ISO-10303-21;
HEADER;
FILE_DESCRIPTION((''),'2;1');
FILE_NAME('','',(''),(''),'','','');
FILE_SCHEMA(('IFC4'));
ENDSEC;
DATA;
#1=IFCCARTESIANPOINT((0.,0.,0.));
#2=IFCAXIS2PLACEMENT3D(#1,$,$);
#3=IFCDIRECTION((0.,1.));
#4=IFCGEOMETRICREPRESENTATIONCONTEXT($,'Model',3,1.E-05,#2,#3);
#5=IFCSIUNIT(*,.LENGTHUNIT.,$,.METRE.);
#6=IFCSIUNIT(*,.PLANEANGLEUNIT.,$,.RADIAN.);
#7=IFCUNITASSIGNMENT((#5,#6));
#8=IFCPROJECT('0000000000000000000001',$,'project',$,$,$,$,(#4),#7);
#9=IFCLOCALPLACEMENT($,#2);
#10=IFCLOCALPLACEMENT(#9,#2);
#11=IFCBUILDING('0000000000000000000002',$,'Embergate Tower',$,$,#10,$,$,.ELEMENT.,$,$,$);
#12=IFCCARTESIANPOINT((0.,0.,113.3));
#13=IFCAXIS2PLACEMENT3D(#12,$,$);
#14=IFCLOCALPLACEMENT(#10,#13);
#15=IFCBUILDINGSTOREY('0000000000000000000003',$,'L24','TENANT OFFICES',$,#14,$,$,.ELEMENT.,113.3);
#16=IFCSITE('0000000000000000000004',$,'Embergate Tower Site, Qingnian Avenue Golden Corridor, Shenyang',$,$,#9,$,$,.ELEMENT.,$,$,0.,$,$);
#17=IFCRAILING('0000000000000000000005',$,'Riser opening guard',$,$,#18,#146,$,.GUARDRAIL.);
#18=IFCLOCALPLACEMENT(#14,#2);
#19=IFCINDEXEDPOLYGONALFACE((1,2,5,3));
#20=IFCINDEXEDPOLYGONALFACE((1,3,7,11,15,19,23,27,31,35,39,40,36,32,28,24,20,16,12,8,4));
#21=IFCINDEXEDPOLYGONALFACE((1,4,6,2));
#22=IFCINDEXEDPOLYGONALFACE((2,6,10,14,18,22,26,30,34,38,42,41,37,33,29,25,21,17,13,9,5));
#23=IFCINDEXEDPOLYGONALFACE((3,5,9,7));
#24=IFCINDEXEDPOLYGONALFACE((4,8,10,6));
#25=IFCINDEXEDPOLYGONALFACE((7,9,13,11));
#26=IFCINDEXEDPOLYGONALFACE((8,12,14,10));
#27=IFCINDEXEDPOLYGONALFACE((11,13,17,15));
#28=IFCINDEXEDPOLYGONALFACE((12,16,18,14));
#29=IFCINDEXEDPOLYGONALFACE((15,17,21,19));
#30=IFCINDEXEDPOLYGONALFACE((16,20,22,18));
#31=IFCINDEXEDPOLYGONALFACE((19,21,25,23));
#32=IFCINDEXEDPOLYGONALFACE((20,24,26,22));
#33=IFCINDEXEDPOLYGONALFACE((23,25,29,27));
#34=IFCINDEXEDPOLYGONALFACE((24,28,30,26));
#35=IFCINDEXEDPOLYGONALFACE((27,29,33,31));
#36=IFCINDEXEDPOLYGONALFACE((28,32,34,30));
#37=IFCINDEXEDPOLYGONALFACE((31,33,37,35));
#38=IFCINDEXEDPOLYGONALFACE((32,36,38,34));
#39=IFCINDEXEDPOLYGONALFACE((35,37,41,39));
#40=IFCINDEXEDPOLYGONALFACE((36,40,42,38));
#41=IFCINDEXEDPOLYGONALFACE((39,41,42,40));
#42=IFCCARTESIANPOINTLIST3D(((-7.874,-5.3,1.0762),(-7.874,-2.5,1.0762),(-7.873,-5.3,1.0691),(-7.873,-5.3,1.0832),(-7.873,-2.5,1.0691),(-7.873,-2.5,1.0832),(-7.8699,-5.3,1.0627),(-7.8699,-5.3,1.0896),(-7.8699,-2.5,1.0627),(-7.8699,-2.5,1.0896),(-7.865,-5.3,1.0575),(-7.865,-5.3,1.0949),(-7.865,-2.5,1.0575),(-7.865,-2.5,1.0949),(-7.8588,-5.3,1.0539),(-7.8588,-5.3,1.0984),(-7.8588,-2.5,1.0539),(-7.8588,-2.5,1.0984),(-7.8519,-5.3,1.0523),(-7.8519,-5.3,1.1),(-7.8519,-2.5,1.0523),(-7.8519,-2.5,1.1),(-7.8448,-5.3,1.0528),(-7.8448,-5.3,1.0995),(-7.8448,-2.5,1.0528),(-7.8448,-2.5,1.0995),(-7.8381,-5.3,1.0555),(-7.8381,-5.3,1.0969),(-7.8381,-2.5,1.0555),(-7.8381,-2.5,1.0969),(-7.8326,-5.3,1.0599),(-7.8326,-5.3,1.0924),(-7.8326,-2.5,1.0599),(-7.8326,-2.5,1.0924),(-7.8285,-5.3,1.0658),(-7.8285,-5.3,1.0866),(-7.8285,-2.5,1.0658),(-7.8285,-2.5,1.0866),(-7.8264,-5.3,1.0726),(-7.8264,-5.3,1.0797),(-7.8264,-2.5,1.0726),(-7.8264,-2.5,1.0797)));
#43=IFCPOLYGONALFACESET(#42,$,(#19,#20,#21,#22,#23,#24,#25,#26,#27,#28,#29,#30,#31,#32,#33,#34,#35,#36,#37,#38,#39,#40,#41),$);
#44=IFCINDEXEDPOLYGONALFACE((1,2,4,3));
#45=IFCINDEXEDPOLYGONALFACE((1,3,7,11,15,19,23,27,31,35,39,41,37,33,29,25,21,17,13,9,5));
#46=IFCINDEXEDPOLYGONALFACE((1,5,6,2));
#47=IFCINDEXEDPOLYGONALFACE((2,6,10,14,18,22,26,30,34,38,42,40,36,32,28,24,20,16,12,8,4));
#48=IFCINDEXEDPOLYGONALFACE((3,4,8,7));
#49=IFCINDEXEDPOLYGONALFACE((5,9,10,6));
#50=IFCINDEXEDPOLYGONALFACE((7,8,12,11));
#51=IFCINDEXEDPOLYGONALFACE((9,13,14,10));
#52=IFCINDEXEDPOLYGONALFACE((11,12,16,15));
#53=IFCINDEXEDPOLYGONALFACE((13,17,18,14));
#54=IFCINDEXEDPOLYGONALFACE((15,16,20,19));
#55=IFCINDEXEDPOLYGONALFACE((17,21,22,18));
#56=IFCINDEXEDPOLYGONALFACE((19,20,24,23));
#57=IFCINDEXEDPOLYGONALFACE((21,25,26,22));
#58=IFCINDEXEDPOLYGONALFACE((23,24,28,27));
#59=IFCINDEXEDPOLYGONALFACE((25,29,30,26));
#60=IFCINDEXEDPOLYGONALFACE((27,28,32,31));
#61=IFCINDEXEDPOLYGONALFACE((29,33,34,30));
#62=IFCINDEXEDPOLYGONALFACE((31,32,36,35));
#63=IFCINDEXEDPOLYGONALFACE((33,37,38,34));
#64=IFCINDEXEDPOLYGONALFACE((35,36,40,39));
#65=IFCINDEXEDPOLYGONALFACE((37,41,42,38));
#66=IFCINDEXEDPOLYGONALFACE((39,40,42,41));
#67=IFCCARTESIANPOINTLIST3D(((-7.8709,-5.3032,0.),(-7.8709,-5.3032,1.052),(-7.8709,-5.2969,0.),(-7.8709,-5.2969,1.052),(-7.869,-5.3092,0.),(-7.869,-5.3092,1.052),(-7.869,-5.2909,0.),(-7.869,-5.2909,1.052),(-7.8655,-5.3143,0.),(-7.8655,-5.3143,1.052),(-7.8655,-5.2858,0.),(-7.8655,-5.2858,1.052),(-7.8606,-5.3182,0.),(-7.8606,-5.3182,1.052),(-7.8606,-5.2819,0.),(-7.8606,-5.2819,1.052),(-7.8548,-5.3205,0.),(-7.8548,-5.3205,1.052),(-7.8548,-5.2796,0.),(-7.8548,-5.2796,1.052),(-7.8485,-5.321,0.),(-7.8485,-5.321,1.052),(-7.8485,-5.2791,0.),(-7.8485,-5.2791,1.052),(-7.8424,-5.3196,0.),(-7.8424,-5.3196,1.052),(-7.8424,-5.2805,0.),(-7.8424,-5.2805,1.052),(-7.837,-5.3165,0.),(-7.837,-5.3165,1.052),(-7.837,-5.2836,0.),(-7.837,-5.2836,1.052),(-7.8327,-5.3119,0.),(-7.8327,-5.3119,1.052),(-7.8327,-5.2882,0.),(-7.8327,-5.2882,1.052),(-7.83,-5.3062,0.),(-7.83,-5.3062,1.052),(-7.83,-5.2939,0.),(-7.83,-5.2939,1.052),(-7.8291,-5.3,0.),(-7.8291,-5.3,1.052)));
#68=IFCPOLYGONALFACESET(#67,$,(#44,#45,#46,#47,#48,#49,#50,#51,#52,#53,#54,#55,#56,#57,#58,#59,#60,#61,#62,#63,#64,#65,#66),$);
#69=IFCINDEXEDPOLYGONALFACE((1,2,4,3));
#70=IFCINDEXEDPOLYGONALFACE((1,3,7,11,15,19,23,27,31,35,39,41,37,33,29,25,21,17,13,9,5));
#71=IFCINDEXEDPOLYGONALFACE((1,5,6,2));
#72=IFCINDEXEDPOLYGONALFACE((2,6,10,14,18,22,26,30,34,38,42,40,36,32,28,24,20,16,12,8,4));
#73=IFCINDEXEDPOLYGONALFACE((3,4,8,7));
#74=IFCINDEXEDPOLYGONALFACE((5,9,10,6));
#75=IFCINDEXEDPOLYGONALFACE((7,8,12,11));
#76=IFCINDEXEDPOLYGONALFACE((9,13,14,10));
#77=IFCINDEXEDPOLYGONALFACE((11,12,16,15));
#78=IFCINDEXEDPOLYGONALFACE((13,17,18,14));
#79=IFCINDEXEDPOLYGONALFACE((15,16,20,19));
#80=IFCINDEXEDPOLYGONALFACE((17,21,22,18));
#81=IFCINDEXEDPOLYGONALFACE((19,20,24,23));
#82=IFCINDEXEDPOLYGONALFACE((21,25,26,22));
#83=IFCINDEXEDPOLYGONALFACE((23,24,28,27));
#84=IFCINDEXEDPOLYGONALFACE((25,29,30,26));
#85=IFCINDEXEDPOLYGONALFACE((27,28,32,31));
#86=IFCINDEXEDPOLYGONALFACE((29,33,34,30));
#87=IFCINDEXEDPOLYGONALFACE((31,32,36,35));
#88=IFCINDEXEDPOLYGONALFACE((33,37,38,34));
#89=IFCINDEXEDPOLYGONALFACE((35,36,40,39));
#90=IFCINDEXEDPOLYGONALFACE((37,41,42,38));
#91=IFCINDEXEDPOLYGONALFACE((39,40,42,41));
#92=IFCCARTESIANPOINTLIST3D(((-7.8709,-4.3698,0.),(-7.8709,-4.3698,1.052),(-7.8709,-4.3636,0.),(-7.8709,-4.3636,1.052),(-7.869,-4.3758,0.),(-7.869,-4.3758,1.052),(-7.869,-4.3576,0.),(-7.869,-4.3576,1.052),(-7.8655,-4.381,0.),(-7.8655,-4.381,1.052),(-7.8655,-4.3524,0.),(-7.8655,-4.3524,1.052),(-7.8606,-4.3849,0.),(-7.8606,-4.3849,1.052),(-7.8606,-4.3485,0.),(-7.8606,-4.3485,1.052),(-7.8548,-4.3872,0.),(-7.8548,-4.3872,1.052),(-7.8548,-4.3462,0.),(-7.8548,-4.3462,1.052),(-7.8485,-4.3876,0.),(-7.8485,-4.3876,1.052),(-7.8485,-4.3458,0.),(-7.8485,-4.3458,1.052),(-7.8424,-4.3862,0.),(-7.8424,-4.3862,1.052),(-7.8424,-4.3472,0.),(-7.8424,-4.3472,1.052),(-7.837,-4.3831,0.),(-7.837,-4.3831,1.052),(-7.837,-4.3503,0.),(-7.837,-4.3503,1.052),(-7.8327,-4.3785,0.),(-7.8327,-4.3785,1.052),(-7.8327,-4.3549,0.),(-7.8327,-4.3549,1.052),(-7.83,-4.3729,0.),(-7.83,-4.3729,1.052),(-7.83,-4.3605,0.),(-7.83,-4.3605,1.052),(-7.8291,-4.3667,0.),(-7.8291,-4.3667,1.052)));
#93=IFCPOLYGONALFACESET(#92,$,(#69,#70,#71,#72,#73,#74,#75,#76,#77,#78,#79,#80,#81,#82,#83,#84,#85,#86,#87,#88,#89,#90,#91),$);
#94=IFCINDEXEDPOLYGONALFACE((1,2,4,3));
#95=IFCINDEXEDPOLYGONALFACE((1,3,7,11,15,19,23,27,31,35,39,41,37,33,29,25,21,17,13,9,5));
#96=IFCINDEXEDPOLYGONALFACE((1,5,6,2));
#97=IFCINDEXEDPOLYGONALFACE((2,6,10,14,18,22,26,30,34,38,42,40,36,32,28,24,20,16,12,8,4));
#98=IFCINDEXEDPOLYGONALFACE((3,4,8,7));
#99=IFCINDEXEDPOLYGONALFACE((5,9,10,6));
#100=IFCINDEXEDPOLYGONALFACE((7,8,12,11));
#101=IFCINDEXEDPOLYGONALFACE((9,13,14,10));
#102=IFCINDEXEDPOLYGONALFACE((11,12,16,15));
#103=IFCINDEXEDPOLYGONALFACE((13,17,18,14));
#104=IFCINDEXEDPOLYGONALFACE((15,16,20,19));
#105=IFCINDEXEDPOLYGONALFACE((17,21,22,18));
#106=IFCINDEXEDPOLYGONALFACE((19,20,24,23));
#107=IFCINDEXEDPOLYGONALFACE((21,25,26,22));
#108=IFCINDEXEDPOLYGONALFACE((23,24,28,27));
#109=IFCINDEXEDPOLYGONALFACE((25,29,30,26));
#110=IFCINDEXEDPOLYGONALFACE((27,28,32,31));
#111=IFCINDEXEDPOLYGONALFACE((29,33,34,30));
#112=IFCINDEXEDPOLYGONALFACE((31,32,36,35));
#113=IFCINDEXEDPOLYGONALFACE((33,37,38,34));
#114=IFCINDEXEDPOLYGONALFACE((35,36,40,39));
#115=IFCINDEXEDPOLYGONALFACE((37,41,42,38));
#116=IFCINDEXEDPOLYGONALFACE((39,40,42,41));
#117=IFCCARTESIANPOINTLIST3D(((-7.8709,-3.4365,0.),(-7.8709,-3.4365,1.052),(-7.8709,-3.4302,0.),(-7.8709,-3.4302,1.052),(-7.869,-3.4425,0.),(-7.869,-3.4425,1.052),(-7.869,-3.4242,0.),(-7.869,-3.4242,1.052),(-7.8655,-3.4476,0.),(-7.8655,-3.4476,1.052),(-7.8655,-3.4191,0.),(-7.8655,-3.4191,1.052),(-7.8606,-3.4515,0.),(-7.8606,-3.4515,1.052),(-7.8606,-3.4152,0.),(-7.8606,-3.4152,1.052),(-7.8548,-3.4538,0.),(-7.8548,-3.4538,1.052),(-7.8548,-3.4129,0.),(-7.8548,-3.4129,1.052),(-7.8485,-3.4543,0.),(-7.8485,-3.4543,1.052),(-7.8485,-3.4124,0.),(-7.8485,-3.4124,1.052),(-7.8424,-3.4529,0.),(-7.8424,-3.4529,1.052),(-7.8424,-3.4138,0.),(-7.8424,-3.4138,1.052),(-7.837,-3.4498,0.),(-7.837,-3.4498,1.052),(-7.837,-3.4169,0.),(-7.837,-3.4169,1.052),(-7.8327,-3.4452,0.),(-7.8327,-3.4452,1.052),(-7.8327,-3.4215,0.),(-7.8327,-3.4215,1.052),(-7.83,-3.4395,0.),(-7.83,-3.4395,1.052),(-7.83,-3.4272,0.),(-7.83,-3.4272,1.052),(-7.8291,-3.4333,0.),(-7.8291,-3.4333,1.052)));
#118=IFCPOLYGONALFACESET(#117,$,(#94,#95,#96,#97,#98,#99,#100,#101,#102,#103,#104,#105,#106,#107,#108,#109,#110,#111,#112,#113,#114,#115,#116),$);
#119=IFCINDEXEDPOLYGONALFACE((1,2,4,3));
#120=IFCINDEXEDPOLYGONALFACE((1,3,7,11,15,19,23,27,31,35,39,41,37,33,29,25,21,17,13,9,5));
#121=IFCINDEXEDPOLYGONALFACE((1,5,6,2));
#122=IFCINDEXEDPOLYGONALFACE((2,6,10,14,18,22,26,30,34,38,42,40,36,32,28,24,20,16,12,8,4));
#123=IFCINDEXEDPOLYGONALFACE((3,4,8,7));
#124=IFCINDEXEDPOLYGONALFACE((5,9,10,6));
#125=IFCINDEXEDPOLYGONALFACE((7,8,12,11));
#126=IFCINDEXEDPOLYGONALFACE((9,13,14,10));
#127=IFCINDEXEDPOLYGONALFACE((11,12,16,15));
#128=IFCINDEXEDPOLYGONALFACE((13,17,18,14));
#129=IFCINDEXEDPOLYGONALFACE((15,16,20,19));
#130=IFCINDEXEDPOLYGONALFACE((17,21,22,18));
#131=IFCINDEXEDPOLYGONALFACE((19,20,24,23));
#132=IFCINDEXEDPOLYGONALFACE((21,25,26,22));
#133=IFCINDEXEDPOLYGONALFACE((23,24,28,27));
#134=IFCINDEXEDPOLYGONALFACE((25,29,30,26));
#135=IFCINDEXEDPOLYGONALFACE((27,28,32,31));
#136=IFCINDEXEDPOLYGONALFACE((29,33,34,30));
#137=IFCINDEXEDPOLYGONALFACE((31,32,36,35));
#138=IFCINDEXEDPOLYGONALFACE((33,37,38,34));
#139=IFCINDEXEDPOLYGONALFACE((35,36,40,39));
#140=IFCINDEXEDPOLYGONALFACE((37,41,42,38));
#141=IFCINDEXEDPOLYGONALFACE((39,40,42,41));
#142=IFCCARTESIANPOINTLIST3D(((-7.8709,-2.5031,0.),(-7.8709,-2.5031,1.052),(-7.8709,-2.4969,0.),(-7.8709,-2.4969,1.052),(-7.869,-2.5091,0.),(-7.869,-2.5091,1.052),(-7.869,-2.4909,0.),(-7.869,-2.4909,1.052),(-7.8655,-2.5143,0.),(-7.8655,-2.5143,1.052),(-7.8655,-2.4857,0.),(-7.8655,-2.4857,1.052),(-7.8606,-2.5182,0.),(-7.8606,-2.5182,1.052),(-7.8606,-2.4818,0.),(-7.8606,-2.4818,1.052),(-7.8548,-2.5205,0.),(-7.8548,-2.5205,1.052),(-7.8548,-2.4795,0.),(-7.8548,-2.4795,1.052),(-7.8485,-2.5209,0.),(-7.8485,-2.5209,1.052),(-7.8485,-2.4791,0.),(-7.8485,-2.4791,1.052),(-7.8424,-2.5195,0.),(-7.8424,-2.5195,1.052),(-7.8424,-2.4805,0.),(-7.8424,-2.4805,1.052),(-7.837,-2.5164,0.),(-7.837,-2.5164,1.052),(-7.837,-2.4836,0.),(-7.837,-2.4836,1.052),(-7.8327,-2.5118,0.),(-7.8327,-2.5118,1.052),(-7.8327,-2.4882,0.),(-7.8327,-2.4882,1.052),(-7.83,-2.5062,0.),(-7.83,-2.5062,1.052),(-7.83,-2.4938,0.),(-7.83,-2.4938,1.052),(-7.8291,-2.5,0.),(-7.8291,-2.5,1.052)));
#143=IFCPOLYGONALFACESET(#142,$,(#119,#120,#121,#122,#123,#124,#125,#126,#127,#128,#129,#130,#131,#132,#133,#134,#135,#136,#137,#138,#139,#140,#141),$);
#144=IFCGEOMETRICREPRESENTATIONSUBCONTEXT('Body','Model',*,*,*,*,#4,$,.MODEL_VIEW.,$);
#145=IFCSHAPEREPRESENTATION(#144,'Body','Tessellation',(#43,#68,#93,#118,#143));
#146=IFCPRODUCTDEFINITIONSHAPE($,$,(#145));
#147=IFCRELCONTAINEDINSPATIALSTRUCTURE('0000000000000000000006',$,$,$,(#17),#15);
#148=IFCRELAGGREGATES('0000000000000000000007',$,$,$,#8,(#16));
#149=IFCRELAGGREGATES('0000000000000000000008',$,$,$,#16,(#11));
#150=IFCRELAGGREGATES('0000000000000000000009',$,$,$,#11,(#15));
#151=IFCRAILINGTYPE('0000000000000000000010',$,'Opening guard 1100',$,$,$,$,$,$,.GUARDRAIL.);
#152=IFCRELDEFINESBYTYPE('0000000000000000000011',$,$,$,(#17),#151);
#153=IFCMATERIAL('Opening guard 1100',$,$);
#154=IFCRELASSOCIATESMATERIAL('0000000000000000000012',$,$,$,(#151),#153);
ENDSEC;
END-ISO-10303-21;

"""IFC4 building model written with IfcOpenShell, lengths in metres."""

from ifc_helpers import new_model, si_unit, direction, frame, origin, origin_2d, place, context, subcontext, project, spatial, circle, extrude, source, transform, mapped, material, type_object, element, save


model = new_model("IFC4")

# Units and contexts
model_context = context("Model", 3, precision=1e-05, world=origin(), true_north=direction((0.0, 1.0)))
body_context = subcontext(model_context, "Body", "Model", "MODEL_VIEW")
ifc_project = project(units=[si_unit("LENGTHUNIT", "METRE"), si_unit("PLANEANGLEUNIT", "RADIAN")], contexts=[model_context])

# Site, building, storey
site_placement = place(None, origin())
site = spatial("IfcSite", under=ifc_project, at=site_placement, Name="Embergate Tower Site, Qingnian Avenue Golden Corridor, Shenyang", CompositionType="ELEMENT", RefElevation=0.0)
building_placement = place(site_placement, origin())
building = spatial("IfcBuilding", under=site, at=building_placement, Name="Embergate Tower", CompositionType="ELEMENT")
storey_placement = place(building_placement, frame((0.0, 0.0, 113.3)))
storey = spatial("IfcBuildingStorey", under=building, at=storey_placement, Name="L24", Description="TENANT OFFICES", CompositionType="ELEMENT", Elevation=113.3)

# Railing
ifc_material_1 = material(Name="Opening guard 1100")
railing_type = type_object("IfcRailingType", Name="Opening guard 1100", PredefinedType="GUARDRAIL", material=ifc_material_1)
shared_shape_1 = source(origin(), body_context, "Body", "SweptSolid", [
    extrude(circle(Radius=0.0239, at=origin_2d()), frame((0.0, 0.0, 1.0762), z_axis=(0.0, 1.0, 0.0), x_axis=(-1.0, 0.0, 0.0)), (0.0, 0.0, 1.0), 2.8),
    extrude(circle(Radius=0.021, at=origin_2d()), origin(), (0.0, 0.0, 1.0), 1.052),
    extrude(circle(Radius=0.021, at=origin_2d()), frame((0.0, 0.9333, 0.0)), (0.0, 0.0, 1.0), 1.052),
    extrude(circle(Radius=0.021, at=origin_2d()), frame((0.0, 1.8667, 0.0)), (0.0, 0.0, 1.0), 1.052),
    extrude(circle(Radius=0.021, at=origin_2d()), frame((0.0, 2.8, 0.0)), (0.0, 0.0, 1.0), 1.052),
])
railing_placement = place(storey_placement, frame((-7.8501, -5.3, 0.0)))
element("IfcRailing", 1, at=railing_placement, inside=storey, type_object=railing_type, Name="Riser opening guard", PredefinedType="GUARDRAIL", context=body_context, shape_type="MappedRepresentation", body=[
    mapped(shared_shape_1, transform((0.0, 0.0, 0.0))),
])

save(model, "model.ifc")
